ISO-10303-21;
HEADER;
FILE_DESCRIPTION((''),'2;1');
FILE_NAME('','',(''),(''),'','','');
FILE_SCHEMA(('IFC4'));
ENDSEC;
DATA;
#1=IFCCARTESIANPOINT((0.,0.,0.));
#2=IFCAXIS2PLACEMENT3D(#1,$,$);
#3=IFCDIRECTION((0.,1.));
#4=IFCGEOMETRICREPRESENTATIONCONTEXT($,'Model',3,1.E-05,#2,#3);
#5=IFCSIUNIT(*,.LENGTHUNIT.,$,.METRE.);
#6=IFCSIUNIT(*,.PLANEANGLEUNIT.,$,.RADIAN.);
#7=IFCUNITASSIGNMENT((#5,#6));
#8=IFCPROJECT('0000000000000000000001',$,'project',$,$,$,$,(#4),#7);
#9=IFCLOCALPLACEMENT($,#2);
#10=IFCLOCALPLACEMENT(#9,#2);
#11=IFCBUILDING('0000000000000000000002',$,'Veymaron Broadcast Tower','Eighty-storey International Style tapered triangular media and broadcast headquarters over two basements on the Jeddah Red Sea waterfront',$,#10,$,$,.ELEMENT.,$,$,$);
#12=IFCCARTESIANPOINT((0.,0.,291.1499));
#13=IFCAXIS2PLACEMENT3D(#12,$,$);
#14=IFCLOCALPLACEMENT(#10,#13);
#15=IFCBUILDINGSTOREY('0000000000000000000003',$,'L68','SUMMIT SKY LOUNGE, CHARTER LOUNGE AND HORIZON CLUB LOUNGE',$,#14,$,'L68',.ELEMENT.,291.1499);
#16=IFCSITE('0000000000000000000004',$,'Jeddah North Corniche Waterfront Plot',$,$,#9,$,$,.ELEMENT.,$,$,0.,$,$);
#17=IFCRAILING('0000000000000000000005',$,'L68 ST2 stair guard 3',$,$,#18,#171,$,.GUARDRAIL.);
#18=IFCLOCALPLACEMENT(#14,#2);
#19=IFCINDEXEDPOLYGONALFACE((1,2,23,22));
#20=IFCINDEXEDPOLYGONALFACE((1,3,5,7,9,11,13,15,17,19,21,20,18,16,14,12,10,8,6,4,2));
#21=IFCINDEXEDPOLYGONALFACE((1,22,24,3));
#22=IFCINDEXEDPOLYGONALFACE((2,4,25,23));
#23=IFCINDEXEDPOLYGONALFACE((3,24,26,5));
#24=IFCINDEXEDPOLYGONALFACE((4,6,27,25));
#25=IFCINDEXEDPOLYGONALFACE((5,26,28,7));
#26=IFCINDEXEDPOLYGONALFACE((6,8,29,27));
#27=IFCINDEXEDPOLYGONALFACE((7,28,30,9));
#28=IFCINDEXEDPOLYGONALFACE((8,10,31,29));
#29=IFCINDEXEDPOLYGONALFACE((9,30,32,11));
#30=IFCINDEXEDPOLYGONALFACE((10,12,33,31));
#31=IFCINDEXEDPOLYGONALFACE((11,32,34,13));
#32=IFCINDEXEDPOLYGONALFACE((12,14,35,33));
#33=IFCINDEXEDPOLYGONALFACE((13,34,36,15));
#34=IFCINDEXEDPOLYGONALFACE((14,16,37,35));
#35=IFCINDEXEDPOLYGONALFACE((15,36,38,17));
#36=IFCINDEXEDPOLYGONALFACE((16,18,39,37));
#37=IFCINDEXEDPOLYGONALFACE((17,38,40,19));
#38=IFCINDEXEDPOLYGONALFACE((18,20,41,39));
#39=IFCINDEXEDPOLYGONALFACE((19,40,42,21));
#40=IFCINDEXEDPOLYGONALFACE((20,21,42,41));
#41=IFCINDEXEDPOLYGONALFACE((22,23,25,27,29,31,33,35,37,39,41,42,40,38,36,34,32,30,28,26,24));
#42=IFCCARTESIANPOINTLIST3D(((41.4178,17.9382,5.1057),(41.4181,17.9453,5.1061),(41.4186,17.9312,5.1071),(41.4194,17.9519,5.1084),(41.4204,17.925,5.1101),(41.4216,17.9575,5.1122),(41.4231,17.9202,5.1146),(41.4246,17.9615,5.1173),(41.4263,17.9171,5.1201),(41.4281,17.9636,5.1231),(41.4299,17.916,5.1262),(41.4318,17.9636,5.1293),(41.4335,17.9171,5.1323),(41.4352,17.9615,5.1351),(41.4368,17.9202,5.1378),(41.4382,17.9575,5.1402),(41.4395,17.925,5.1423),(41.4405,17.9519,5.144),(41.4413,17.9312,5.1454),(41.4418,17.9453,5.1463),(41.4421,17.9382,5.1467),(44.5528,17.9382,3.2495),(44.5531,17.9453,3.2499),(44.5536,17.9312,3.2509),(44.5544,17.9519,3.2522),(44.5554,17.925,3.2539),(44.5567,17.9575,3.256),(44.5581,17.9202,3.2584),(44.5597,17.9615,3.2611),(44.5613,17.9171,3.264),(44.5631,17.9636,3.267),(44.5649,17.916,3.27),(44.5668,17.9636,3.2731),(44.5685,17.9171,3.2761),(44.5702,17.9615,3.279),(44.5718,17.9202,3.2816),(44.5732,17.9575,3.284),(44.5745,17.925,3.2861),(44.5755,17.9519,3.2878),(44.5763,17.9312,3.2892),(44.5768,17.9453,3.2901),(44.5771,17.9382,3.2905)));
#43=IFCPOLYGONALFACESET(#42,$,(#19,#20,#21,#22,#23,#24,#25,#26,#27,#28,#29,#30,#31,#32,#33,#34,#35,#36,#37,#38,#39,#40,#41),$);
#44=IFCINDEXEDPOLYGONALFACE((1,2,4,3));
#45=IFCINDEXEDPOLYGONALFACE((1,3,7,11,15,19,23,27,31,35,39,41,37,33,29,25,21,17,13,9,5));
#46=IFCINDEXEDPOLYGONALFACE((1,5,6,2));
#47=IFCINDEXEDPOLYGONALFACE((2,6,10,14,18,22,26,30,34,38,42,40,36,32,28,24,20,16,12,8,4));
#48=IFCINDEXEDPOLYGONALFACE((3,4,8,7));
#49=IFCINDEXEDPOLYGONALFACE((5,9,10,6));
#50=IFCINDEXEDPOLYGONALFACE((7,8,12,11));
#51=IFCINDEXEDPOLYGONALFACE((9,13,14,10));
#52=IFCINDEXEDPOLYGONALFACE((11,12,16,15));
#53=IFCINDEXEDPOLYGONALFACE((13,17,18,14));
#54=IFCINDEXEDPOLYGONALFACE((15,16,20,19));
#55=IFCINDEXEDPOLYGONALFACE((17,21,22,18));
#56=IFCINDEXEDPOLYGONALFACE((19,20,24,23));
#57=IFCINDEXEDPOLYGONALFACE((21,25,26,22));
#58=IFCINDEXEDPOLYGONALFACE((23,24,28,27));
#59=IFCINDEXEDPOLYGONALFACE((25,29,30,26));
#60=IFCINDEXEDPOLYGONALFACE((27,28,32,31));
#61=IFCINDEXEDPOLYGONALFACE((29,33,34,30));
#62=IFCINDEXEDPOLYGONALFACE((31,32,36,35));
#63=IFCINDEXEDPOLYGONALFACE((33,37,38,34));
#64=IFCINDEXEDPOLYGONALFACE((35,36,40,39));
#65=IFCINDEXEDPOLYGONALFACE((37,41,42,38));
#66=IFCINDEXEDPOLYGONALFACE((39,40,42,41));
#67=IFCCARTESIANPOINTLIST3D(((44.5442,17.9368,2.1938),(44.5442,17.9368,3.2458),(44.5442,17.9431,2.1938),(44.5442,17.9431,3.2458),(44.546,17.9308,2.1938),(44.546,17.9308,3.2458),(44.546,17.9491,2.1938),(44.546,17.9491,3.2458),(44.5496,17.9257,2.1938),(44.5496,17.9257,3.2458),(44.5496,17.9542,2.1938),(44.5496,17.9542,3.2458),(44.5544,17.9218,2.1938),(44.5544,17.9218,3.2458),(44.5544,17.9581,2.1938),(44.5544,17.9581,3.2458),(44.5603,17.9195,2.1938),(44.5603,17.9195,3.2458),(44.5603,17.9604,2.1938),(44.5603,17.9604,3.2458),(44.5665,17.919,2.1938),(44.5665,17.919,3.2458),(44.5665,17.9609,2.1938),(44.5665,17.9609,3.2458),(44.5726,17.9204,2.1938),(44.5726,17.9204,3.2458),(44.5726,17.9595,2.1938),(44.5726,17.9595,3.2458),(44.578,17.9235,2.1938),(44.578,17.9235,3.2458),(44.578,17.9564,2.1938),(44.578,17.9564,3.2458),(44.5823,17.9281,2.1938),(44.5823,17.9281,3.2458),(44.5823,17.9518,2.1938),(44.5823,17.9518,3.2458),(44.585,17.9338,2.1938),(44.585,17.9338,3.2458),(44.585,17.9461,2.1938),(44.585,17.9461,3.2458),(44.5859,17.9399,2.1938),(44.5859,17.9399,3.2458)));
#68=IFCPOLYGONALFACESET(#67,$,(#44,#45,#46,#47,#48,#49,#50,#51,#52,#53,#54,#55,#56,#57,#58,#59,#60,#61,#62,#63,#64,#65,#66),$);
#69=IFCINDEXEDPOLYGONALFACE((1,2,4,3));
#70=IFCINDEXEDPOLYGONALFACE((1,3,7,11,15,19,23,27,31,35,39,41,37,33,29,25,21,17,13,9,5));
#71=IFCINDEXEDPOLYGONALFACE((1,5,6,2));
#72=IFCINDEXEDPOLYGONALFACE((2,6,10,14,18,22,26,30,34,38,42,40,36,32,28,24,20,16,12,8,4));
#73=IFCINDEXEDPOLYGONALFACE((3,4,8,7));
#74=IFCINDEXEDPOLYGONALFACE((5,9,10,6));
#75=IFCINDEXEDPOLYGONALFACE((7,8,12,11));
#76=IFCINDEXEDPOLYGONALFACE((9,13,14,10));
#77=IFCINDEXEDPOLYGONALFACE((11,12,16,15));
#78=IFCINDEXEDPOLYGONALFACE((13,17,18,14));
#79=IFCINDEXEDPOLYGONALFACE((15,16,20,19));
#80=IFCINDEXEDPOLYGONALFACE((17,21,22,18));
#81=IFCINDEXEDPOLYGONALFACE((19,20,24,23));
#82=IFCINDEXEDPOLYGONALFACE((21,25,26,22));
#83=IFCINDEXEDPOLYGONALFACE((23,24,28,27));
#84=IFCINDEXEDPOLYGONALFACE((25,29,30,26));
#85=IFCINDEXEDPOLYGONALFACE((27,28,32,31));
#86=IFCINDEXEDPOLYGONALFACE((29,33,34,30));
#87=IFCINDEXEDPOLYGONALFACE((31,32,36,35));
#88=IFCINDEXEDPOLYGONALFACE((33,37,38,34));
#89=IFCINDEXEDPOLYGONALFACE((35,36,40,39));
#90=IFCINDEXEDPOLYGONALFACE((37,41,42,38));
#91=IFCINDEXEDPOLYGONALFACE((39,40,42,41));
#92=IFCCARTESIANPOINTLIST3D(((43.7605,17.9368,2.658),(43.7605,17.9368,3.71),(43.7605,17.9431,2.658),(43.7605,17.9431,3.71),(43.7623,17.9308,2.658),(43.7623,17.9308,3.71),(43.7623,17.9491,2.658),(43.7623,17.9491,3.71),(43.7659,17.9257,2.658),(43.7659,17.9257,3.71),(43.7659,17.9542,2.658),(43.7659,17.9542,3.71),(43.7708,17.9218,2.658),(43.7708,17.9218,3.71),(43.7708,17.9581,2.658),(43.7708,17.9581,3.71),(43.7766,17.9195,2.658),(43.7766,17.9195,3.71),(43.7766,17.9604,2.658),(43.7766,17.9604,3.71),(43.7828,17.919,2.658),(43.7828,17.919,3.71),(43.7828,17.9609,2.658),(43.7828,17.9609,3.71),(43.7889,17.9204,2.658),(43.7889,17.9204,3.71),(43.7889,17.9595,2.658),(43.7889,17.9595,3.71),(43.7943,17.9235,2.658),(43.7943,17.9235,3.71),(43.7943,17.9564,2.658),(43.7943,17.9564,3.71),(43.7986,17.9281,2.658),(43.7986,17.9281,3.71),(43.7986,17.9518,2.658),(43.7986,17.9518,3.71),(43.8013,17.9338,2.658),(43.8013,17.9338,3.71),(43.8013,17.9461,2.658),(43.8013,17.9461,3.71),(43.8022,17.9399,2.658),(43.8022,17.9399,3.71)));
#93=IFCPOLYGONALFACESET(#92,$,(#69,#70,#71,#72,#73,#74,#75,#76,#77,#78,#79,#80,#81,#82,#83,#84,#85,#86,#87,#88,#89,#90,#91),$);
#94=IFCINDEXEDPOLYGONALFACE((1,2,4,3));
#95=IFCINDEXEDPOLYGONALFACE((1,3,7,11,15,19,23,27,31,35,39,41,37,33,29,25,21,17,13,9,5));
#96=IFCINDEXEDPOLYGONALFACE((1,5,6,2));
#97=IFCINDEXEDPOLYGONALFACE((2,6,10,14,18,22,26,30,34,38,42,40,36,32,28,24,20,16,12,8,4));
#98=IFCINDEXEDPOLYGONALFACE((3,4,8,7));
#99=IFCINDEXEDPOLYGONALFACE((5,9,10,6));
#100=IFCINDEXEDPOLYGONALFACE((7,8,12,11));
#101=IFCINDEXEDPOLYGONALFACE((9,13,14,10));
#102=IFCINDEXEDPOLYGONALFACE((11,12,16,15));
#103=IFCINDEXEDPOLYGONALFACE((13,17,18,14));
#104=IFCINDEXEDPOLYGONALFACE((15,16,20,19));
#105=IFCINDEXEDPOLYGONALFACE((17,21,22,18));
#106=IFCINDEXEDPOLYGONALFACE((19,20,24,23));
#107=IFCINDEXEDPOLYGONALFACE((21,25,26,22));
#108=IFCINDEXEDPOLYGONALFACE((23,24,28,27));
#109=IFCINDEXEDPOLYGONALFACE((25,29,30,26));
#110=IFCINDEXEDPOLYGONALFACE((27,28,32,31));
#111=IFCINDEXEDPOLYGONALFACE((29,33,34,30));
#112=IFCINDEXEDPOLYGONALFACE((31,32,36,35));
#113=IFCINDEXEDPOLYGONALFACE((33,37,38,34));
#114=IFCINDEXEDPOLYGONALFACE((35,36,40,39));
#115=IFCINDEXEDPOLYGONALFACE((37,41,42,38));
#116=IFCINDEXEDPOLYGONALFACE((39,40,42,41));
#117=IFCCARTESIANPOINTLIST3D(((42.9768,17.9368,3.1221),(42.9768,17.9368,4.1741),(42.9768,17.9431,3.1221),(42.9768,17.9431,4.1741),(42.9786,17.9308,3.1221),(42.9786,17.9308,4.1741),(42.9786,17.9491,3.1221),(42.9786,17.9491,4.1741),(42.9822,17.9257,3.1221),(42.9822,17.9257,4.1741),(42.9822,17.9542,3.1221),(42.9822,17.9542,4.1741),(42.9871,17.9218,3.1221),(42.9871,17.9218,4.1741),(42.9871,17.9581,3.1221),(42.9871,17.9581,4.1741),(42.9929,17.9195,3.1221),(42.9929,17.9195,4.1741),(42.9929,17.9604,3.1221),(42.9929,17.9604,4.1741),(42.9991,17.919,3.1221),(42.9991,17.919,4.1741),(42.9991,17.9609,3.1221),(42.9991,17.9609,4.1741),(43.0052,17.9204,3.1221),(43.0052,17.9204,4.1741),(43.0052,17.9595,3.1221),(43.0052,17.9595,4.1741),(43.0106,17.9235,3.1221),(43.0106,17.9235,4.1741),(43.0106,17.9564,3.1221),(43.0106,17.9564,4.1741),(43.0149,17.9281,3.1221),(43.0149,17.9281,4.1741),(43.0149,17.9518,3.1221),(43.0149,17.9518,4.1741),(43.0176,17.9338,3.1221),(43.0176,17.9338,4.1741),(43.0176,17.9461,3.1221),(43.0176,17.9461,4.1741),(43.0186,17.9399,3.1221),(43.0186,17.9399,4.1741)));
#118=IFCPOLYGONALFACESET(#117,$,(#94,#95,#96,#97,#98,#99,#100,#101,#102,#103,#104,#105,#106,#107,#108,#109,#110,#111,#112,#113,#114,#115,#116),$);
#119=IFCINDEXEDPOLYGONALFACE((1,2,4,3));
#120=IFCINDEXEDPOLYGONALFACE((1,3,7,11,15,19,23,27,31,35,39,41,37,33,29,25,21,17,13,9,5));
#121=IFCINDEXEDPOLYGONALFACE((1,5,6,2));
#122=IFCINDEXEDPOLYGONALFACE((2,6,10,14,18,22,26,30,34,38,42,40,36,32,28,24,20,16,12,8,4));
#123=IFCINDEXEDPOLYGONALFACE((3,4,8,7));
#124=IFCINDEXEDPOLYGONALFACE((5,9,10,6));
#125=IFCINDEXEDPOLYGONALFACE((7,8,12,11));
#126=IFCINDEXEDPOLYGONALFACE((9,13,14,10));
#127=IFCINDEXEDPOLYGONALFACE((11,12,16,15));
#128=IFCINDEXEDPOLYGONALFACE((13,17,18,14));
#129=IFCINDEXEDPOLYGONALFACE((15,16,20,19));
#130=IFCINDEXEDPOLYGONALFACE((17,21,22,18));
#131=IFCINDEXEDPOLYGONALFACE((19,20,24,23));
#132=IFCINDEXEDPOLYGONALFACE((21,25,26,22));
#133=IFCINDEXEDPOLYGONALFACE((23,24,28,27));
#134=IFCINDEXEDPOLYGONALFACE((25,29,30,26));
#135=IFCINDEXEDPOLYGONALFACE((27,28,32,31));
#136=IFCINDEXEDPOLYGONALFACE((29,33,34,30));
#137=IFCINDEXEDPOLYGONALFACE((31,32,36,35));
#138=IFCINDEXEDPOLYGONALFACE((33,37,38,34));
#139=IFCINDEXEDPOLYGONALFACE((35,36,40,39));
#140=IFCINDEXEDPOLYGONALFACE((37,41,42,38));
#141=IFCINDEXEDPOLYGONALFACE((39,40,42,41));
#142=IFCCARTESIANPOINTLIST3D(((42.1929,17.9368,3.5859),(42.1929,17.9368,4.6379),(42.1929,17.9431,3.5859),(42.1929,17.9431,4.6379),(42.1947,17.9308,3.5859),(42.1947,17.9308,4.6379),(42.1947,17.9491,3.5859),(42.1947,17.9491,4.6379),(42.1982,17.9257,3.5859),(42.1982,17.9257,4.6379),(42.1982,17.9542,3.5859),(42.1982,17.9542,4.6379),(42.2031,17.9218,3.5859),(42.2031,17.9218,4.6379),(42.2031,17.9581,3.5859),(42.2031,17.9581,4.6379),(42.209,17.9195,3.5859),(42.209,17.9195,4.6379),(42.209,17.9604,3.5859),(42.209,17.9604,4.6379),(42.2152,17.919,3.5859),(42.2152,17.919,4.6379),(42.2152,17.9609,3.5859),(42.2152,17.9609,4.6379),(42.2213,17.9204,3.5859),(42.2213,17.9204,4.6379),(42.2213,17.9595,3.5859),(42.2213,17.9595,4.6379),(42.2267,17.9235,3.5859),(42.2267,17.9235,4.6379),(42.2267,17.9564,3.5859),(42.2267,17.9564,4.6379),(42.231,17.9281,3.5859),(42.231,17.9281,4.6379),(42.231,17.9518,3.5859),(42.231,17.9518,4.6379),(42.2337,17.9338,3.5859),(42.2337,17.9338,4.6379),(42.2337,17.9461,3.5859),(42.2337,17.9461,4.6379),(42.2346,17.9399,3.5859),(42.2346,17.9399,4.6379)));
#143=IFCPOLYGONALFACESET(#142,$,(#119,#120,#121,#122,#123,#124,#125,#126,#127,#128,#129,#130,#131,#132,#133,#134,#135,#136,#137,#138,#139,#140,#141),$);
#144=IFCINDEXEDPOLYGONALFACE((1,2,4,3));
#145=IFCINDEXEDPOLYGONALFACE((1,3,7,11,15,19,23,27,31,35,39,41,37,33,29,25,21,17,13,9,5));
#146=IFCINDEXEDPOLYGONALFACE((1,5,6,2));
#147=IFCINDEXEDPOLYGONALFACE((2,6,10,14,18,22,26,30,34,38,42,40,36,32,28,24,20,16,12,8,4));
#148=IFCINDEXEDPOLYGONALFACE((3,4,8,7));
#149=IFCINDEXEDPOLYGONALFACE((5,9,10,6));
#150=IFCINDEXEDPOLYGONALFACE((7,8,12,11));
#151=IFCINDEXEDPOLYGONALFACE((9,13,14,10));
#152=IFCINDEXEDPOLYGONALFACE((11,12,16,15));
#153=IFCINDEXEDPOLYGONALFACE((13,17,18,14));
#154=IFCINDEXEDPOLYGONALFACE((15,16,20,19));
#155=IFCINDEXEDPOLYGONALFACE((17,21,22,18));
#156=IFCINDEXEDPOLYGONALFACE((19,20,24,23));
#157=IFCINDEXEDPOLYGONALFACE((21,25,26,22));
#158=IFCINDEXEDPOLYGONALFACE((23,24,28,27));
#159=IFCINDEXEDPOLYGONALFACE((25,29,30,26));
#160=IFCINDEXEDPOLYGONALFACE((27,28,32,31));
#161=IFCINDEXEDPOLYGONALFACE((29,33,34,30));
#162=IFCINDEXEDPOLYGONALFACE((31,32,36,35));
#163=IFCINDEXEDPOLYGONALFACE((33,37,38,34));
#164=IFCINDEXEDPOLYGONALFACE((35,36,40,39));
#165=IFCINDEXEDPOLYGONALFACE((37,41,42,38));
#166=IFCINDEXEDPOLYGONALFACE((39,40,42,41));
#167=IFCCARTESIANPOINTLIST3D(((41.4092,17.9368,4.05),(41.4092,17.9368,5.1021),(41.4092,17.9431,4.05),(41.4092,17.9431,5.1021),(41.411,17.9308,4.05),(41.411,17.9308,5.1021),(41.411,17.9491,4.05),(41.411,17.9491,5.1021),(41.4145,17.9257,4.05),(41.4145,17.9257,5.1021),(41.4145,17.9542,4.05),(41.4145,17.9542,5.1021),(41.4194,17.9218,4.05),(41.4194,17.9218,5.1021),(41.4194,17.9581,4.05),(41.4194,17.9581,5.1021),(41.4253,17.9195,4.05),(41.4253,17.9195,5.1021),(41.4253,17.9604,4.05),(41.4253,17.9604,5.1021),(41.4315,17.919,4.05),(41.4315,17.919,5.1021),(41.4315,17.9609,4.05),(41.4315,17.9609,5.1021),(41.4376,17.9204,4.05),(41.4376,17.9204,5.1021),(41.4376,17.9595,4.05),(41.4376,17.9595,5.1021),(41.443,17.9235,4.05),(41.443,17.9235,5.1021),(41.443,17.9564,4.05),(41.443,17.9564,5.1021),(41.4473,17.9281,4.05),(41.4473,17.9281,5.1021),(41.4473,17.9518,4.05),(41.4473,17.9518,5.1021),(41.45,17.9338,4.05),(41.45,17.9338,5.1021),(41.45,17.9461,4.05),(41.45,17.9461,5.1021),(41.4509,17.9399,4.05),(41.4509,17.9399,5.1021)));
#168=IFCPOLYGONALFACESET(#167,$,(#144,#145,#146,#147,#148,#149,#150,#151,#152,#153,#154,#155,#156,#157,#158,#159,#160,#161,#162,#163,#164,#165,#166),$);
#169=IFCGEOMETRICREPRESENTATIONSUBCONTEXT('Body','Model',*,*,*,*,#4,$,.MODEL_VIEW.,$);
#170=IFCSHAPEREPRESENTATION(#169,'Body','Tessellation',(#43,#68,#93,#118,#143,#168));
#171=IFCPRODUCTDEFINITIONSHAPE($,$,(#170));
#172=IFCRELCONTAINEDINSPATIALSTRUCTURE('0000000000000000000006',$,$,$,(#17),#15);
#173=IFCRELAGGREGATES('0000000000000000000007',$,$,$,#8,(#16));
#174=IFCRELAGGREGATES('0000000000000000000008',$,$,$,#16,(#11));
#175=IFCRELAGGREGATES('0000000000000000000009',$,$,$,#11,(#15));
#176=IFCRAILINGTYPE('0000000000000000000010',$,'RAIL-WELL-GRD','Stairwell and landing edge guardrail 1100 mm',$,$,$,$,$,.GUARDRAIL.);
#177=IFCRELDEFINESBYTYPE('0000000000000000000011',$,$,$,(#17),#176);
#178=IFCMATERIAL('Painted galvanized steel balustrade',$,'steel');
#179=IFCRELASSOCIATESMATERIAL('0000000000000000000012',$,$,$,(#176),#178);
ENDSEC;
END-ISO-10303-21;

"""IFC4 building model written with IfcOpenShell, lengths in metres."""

from ifc_helpers import new_model, si_unit, direction, frame, origin, origin_2d, place, context, subcontext, project, spatial, circle, extrude, material, type_object, element, save


model = new_model("IFC4")

# Units and contexts
model_context = context("Model", 3, precision=1e-05, world=origin(), true_north=direction((0.0, 1.0)))
body_context = subcontext(model_context, "Body", "Model", "MODEL_VIEW")
ifc_project = project(units=[si_unit("LENGTHUNIT", "METRE"), si_unit("PLANEANGLEUNIT", "RADIAN")], contexts=[model_context])

# Site, building, storey
site_placement = place(None, origin())
site = spatial("IfcSite", under=ifc_project, at=site_placement, Name="Jeddah North Corniche Waterfront Plot", CompositionType="ELEMENT", RefElevation=0.0)
building_placement = place(site_placement, origin())
building = spatial("IfcBuilding", under=site, at=building_placement, Name="Veymaron Broadcast Tower", Description="Eighty-storey International Style tapered triangular media and broadcast headquarters over two basements on the Jeddah Red Sea waterfront", CompositionType="ELEMENT")
storey_placement = place(building_placement, frame((0.0, 0.0, 291.1499)))
storey = spatial("IfcBuildingStorey", under=building, at=storey_placement, Name="L68", Description="SUMMIT SKY LOUNGE, CHARTER LOUNGE AND HORIZON CLUB LOUNGE", LongName="L68", CompositionType="ELEMENT", Elevation=291.1499)

# Railing
ifc_material_1 = material(Name="Painted galvanized steel balustrade", Category="steel")
railing_type_1 = type_object("IfcRailingType", Name="RAIL-WELL-GRD", Description="Stairwell and landing edge guardrail 1100 mm", PredefinedType="GUARDRAIL", material=ifc_material_1)
railing_1_placement = place(storey_placement, frame((44.5649, 17.9399, 2.1938)))
element("IfcRailing", 1, at=railing_1_placement, inside=storey, type_object=railing_type_1, Name="L68 ST2 stair guard 3", PredefinedType="GUARDRAIL", context=body_context, shape_type="SweptSolid", body=[
    extrude(circle(Radius=0.0239, at=origin_2d()), frame((0.0, 0.0, 1.0762), z_axis=(-0.860482, 0.0, 0.509481), x_axis=(0.0, -1.0, 0.0)), (0.0, 0.0, 1.0), 3.6433),
    extrude(circle(Radius=0.021, at=origin_2d()), origin(), (0.0, 0.0, 1.0), 1.052),
    extrude(circle(Radius=0.021, at=origin_2d()), frame((-0.7837, 0.0, 0.4641)), (0.0, 0.0, 1.0), 1.052),
    extrude(circle(Radius=0.021, at=origin_2d()), frame((-1.5674, 0.0, 0.9282)), (0.0, 0.0, 1.0), 1.052),
    extrude(circle(Radius=0.021, at=origin_2d()), frame((-2.3513, 0.0, 1.3921)), (0.0, 0.0, 1.0), 1.052),
    extrude(circle(Radius=0.021, at=origin_2d()), frame((-3.135, 0.0, 1.8562)), (0.0, 0.0, 1.0), 1.052),
])

save(model, "model.ifc")
